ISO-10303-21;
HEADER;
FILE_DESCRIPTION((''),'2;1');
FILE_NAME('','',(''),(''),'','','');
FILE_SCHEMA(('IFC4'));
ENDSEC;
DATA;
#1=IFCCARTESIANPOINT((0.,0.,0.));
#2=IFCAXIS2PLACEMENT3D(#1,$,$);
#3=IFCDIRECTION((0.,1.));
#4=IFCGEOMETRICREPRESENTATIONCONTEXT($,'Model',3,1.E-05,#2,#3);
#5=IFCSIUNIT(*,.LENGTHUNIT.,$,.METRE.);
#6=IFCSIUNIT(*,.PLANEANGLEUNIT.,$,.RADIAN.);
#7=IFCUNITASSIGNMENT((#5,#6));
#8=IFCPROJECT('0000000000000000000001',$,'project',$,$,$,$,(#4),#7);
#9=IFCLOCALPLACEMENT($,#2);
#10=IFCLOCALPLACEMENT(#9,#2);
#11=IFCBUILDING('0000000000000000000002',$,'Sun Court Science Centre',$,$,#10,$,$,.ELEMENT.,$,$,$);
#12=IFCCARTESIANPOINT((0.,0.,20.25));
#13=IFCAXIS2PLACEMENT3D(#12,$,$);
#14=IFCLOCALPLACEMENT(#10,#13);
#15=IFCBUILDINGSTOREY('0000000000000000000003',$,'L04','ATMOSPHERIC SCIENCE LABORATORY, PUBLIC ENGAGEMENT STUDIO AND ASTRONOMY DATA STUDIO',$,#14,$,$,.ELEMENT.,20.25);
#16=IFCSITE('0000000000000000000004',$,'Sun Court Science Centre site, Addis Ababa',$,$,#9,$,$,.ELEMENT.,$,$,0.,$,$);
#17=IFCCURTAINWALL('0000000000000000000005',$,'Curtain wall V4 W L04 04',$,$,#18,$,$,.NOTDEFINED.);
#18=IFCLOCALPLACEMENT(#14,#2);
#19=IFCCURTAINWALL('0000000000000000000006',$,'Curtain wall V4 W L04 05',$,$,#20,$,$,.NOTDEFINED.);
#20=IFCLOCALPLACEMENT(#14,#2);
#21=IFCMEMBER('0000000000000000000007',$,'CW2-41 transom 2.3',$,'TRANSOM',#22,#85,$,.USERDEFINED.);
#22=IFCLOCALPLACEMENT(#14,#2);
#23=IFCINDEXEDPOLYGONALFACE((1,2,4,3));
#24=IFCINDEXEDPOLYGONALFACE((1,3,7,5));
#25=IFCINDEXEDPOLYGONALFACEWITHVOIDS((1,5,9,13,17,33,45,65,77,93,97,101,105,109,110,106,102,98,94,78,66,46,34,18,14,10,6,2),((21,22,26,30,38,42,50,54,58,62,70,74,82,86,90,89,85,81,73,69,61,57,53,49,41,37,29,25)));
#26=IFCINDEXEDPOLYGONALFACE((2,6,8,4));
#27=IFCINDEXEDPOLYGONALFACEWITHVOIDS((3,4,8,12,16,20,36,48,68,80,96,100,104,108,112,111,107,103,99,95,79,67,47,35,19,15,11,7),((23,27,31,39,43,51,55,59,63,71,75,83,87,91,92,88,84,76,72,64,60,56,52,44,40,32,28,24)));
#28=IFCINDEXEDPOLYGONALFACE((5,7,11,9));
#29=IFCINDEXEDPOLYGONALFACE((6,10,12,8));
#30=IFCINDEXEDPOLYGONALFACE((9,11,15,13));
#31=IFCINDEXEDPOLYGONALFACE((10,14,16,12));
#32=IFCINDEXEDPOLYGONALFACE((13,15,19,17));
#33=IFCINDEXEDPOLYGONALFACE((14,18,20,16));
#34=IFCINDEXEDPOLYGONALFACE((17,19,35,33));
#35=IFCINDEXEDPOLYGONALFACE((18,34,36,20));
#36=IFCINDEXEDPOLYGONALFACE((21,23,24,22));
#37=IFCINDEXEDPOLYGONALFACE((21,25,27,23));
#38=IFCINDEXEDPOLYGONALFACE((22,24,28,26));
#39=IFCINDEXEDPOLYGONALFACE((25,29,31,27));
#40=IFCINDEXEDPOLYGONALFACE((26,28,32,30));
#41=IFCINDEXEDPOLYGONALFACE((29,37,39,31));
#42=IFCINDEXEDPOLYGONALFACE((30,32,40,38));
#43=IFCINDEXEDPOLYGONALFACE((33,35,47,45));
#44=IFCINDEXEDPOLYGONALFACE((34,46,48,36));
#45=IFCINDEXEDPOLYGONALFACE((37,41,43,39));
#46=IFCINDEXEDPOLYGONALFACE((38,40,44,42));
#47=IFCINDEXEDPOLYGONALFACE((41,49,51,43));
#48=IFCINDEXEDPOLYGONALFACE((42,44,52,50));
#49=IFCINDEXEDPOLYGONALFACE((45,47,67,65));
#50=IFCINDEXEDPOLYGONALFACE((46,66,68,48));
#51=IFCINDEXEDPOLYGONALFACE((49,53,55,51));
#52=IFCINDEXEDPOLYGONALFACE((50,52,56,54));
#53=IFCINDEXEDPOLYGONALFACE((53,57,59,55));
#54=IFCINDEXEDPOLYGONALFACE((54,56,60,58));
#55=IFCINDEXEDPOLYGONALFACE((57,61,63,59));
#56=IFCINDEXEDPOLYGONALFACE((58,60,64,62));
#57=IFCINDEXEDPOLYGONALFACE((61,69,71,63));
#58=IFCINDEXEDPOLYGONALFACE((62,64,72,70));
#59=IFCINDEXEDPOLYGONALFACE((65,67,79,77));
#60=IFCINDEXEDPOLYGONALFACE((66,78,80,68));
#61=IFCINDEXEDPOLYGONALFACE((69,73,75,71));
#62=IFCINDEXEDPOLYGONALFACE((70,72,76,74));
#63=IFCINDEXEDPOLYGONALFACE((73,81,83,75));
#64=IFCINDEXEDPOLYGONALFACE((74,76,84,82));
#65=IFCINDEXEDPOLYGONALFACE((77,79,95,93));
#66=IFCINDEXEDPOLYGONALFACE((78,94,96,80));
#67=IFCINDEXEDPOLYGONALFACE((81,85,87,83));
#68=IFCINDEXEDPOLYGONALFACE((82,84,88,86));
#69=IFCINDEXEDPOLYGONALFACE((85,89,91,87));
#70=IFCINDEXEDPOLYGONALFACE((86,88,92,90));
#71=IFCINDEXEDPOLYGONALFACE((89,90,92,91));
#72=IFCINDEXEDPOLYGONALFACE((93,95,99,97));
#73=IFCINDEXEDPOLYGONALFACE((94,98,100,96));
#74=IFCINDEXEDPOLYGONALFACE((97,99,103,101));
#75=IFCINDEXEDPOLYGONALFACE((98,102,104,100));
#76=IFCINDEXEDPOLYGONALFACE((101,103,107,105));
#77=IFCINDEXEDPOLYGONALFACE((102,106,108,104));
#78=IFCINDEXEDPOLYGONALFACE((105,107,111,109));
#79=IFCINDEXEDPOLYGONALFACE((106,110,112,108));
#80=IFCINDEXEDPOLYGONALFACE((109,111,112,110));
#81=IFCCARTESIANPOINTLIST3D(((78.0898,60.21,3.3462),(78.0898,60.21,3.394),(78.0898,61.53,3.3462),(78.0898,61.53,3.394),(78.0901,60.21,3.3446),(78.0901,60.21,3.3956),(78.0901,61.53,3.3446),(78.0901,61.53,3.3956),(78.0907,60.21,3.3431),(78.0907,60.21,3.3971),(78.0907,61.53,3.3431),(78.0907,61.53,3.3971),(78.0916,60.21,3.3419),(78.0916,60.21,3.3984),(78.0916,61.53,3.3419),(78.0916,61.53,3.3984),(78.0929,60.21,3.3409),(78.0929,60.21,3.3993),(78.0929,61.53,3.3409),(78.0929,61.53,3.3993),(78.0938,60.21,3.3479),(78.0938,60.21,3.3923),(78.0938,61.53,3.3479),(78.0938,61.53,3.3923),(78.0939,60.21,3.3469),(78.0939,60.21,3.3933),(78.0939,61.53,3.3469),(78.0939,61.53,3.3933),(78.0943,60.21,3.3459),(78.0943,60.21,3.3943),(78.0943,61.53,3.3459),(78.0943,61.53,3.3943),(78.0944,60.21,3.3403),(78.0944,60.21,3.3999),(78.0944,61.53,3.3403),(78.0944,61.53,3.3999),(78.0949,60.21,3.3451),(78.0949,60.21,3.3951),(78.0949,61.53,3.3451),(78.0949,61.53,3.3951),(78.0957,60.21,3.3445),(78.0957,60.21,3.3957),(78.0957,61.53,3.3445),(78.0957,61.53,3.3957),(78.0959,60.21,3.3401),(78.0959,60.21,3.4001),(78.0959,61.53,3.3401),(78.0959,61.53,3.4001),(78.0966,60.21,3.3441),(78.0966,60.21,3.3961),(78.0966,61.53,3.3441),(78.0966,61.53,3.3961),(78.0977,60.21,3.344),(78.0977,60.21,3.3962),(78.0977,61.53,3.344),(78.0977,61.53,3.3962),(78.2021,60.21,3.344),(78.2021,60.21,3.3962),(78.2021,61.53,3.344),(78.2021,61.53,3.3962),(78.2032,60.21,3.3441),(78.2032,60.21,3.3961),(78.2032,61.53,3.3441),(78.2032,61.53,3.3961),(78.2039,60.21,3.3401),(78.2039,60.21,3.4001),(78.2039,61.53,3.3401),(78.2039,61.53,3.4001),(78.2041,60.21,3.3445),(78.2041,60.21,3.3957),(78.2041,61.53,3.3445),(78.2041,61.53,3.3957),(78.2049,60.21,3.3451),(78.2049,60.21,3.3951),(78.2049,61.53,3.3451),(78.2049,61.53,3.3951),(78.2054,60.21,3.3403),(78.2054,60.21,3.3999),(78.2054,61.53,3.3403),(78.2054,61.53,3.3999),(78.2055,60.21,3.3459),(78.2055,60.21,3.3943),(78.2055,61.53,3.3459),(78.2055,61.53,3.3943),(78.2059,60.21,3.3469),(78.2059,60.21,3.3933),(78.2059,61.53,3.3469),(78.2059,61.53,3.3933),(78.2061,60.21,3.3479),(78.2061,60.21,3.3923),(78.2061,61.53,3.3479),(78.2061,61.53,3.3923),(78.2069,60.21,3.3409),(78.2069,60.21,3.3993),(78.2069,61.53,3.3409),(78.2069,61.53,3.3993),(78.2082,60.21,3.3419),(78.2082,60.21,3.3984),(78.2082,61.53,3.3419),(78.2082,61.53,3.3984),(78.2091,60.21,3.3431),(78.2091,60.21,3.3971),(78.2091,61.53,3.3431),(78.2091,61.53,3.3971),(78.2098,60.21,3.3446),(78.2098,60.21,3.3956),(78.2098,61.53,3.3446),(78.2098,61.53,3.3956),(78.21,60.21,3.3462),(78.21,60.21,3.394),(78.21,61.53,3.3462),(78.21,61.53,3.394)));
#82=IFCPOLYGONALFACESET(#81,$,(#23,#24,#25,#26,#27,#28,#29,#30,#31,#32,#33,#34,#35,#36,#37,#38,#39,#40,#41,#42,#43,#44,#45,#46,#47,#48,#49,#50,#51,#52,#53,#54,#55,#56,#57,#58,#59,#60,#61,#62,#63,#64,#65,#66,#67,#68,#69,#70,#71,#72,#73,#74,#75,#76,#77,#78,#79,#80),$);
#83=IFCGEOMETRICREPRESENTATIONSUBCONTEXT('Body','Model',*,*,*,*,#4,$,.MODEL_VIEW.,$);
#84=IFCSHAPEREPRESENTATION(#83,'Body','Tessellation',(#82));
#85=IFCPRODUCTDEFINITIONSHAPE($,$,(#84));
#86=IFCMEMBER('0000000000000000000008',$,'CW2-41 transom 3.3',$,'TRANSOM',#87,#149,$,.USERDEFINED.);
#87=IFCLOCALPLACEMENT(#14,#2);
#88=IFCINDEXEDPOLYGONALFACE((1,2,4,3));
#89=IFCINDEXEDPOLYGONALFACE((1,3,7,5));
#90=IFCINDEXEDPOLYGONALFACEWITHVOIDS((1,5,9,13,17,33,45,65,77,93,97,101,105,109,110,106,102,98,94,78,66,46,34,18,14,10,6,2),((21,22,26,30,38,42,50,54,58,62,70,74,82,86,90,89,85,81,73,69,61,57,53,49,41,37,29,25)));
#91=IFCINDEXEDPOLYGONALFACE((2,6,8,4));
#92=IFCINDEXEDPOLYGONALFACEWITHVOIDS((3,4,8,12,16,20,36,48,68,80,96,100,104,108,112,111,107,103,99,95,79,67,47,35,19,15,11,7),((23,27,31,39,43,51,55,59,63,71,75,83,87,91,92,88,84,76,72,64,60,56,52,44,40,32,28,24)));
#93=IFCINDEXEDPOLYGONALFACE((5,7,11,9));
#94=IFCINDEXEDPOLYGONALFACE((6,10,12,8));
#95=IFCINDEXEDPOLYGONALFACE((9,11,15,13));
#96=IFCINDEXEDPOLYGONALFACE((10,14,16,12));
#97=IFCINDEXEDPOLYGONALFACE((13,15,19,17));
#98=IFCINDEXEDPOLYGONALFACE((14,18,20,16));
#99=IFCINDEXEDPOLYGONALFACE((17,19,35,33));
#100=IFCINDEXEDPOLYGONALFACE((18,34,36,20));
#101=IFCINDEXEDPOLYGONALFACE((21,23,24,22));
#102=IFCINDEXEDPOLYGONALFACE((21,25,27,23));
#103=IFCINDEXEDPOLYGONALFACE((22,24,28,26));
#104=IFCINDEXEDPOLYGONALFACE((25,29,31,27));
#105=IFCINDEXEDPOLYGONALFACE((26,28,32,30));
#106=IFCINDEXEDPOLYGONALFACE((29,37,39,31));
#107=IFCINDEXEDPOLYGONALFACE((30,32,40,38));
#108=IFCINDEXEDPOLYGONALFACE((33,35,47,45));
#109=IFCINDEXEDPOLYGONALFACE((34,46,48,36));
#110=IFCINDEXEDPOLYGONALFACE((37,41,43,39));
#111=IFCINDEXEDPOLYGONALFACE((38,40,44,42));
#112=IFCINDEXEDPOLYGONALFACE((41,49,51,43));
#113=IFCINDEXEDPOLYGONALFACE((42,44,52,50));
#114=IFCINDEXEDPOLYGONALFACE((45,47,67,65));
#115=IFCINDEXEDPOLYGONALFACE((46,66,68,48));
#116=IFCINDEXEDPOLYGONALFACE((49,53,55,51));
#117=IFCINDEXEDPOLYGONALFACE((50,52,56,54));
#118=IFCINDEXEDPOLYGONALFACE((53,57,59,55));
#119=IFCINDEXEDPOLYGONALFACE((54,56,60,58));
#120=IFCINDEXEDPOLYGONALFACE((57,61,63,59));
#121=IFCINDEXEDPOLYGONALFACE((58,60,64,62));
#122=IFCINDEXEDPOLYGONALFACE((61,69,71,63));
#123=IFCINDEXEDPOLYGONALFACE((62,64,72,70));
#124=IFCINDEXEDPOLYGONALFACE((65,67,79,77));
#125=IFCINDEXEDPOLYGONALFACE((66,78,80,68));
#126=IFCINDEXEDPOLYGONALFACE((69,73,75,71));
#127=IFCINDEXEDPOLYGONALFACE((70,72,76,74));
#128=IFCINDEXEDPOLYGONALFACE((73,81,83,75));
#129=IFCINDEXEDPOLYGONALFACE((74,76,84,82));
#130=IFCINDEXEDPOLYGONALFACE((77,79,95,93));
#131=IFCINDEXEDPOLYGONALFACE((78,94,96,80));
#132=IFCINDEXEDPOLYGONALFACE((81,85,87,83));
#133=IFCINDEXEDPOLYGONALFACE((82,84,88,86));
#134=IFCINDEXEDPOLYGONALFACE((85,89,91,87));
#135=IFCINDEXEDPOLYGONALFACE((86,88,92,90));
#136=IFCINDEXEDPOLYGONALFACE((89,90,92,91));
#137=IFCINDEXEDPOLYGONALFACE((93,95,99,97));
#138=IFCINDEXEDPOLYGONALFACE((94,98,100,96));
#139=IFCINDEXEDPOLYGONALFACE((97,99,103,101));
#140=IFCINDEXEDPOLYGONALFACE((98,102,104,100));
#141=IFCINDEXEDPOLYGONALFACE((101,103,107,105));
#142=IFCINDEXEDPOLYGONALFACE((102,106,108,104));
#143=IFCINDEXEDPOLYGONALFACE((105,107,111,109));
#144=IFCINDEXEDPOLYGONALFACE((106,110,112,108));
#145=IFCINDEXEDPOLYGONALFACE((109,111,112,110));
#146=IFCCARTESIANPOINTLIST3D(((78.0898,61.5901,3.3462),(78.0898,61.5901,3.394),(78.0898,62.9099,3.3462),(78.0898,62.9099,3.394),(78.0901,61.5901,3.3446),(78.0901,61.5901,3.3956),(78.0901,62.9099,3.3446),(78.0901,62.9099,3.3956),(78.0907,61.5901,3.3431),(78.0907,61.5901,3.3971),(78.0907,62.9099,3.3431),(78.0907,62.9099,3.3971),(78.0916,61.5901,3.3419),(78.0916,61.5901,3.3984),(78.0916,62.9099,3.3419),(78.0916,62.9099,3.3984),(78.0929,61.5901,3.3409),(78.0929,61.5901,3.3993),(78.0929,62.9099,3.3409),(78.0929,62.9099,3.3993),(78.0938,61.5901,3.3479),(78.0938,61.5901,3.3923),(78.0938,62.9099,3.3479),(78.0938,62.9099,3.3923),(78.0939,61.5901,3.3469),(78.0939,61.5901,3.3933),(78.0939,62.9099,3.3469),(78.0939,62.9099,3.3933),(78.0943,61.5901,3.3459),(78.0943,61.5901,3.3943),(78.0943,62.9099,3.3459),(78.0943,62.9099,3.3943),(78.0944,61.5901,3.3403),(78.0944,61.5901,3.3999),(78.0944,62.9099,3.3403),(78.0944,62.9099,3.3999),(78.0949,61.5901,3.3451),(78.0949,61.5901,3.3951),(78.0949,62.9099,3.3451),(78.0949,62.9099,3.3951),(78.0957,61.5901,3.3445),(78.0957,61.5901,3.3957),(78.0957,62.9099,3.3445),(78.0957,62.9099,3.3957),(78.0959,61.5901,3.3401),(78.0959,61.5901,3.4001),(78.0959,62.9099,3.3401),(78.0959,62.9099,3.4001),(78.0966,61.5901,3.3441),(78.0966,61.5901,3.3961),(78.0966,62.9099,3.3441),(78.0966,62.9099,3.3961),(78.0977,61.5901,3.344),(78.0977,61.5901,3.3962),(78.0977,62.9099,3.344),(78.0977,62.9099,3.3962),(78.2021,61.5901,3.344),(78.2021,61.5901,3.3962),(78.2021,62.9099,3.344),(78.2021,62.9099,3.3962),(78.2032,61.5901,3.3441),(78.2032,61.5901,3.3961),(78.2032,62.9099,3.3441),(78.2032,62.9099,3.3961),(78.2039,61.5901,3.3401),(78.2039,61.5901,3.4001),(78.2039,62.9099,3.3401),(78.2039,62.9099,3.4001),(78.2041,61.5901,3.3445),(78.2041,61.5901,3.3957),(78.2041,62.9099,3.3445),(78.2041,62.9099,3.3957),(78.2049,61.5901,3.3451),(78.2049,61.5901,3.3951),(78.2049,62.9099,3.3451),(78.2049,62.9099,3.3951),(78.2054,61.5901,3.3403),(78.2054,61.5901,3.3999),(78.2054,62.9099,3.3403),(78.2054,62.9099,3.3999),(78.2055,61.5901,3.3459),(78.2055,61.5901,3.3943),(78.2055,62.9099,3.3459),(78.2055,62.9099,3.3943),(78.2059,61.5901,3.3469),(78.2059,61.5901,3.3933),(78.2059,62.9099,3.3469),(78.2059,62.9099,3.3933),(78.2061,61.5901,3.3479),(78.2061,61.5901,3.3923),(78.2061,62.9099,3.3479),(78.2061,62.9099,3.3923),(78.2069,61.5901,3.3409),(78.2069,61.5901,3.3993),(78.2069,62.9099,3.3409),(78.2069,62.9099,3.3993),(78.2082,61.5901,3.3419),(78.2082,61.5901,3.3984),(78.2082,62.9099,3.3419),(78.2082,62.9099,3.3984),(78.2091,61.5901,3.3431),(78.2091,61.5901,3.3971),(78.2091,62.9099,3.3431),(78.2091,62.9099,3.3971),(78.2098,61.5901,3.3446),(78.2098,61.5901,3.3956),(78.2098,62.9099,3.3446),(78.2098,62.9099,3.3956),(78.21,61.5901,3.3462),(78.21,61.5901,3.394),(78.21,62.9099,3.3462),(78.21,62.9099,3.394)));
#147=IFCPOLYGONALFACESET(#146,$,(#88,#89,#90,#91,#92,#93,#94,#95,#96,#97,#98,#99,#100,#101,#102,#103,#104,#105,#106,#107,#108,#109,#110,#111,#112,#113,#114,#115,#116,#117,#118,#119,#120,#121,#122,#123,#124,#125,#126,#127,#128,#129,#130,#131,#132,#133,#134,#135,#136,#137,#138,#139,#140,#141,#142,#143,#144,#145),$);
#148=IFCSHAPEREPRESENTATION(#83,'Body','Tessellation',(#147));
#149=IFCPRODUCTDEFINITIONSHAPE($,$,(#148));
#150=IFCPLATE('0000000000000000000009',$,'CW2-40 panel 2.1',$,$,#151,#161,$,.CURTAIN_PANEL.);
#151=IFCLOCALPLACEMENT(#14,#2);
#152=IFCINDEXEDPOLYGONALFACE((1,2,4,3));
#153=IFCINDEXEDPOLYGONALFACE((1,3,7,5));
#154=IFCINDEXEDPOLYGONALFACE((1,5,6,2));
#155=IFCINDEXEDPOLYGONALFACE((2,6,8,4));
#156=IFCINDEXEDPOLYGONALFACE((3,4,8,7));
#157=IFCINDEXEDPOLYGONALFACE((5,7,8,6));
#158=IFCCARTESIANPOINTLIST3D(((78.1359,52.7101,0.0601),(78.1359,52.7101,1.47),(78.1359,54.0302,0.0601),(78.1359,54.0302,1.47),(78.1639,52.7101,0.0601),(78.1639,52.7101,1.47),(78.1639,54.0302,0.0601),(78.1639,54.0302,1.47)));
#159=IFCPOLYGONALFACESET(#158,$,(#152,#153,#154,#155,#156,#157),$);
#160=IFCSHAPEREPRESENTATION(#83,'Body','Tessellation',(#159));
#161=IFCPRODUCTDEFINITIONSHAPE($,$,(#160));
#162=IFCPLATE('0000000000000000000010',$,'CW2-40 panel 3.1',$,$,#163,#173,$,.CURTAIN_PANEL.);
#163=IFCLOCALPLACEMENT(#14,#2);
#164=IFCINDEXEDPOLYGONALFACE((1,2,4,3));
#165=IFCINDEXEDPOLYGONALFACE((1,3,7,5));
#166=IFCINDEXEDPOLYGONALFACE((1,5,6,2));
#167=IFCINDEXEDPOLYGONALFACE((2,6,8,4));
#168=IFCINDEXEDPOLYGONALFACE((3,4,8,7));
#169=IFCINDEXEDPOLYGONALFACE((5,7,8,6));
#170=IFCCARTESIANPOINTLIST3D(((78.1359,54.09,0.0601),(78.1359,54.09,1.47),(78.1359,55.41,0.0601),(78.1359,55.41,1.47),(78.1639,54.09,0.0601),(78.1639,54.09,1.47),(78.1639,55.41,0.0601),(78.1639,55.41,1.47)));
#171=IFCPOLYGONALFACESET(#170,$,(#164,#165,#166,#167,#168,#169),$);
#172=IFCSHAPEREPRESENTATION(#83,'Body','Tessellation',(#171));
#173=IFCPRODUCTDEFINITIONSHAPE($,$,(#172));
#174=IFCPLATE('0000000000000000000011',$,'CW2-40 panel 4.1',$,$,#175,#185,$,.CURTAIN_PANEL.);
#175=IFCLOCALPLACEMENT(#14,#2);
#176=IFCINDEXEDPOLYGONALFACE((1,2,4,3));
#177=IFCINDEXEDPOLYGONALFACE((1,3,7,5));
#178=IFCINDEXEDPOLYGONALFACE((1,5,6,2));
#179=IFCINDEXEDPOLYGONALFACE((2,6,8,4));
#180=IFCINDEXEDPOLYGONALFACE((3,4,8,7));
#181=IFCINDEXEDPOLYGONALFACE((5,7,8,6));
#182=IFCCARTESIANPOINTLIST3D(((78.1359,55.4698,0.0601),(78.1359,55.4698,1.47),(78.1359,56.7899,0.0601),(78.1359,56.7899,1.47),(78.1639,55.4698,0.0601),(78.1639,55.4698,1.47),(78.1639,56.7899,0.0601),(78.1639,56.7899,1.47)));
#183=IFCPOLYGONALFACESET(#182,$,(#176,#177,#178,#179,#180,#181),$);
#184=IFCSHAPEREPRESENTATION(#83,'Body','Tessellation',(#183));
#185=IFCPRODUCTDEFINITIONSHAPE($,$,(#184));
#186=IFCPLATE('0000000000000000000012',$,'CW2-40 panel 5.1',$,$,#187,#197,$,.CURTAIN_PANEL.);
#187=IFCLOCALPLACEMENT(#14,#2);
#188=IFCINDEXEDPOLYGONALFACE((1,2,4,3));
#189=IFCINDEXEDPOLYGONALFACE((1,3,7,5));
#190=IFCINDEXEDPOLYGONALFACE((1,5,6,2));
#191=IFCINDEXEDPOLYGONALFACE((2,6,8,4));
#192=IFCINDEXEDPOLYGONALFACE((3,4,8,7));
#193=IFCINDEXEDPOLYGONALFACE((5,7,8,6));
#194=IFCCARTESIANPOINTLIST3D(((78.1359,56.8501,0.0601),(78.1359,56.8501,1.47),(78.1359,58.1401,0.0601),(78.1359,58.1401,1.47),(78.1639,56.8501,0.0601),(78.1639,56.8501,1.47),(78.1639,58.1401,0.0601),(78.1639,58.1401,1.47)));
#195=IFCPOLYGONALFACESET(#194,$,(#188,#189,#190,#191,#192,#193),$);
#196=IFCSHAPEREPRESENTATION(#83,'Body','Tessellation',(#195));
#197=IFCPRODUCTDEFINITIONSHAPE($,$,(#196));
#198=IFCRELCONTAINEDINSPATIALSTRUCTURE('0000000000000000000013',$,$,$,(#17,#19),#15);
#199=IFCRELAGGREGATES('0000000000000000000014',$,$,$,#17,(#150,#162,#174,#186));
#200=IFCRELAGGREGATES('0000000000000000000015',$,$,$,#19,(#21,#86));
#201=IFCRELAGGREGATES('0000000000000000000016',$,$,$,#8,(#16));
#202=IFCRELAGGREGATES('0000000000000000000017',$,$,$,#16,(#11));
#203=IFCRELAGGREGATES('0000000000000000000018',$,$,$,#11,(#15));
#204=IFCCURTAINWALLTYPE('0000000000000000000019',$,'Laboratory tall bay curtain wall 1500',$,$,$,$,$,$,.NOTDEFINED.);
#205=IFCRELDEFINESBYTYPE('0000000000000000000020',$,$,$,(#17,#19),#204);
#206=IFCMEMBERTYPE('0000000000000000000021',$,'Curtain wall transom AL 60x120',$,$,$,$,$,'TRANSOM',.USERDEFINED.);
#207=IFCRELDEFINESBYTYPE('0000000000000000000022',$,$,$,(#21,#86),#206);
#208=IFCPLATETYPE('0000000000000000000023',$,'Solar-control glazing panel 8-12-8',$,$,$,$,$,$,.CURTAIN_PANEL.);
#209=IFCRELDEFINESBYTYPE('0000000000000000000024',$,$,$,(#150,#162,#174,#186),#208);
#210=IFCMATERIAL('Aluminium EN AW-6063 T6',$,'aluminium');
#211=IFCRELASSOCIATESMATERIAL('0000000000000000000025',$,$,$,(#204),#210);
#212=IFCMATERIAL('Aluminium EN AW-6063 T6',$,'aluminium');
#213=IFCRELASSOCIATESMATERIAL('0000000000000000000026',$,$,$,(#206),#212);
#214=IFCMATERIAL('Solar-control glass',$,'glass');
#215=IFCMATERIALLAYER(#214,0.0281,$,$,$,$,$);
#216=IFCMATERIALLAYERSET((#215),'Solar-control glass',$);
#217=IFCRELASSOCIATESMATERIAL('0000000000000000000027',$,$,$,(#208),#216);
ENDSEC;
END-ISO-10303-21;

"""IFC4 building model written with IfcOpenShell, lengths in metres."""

from ifc_helpers import new_model, si_unit, direction, frame, origin, origin_2d, place, context, subcontext, project, spatial, rectangle, hollow_rectangle, extrude, material, layer, layer_set, material_profile, profile_set, type_object, element, aggregate, save


model = new_model("IFC4")

# Units and contexts
model_context = context("Model", 3, precision=1e-05, world=origin(), true_north=direction((0.0, 1.0)))
body_context = subcontext(model_context, "Body", "Model", "MODEL_VIEW")
ifc_project = project(units=[si_unit("LENGTHUNIT", "METRE"), si_unit("PLANEANGLEUNIT", "RADIAN")], contexts=[model_context])

# Site, building, storey
site_placement = place(None, origin())
site = spatial("IfcSite", under=ifc_project, at=site_placement, Name="Sun Court Science Centre site, Addis Ababa", CompositionType="ELEMENT", RefElevation=0.0)
building_placement = place(site_placement, origin())
building = spatial("IfcBuilding", under=site, at=building_placement, Name="Sun Court Science Centre", CompositionType="ELEMENT")
storey_placement = place(building_placement, frame((0.0, 0.0, 20.25)))
storey = spatial("IfcBuildingStorey", under=building, at=storey_placement, Name="L04", Description="ATMOSPHERIC SCIENCE LABORATORY, PUBLIC ENGAGEMENT STUDIO AND ASTRONOMY DATA STUDIO", CompositionType="ELEMENT", Elevation=20.25)

# Curtain walls
ifc_material_1 = material(Name="Aluminium EN AW-6063 T6", Category="aluminium")
curtain_wall_type = type_object("IfcCurtainWallType", Name="Laboratory tall bay curtain wall 1500", PredefinedType="NOTDEFINED", material=ifc_material_1)
curtain_wall_1_placement = place(storey_placement, origin())
curtain_wall_1 = element("IfcCurtainWall", 1, at=curtain_wall_1_placement, inside=storey, type_object=curtain_wall_type, Name="Curtain wall V4 W L04 04", PredefinedType="NOTDEFINED")
curtain_wall_2_placement = place(storey_placement, origin())
curtain_wall_2 = element("IfcCurtainWall", 2, at=curtain_wall_2_placement, inside=storey, type_object=curtain_wall_type, Name="Curtain wall V4 W L04 05", PredefinedType="NOTDEFINED")

# Members
ifc_material_2 = material(Name="Aluminium EN AW-6063 T6", Category="aluminium")
ifc_material_profile_1 = material_profile(ifc_material_2, hollow_rectangle(XDim=0.0601, YDim=0.1201, WallThickness=0.0039, InnerFilletRadius=0.0039, OuterFilletRadius=0.0061, at=origin_2d()), Name="AL 60x120x4")
ifc_profile_set_1 = profile_set([ifc_material_profile_1], Name="Aluminium EN AW-6063 T6")
member_type_1 = type_object("IfcMemberType", Name="Curtain wall transom AL 60x120", ElementType="TRANSOM", PredefinedType="USERDEFINED", material=ifc_profile_set_1)
member_1_placement = place(storey_placement, frame((78.1499, 60.21, 3.3701), z_axis=(0.0, 1.0, 0.0), x_axis=(0.0, 0.0, 1.0)))
member_1 = element("IfcMember", 3, at=member_1_placement, type_object=member_type_1, Name="CW2-41 transom 2.3", ObjectType="TRANSOM", PredefinedType="USERDEFINED", context=body_context, shape_type="SweptSolid", body=[
    extrude(hollow_rectangle(XDim=0.0601, YDim=0.1201, WallThickness=0.0039, InnerFilletRadius=0.0039, OuterFilletRadius=0.0061, at=origin_2d()), origin(), (0.0, 0.0, 1.0), 1.3201),
])
member_2_placement = place(storey_placement, frame((78.1499, 61.5901, 3.3701), z_axis=(0.0, 1.0, 0.0), x_axis=(0.0, 0.0, 1.0)))
member_2 = element("IfcMember", 4, at=member_2_placement, type_object=member_type_1, Name="CW2-41 transom 3.3", ObjectType="TRANSOM", PredefinedType="USERDEFINED", context=body_context, shape_type="SweptSolid", body=[
    extrude(hollow_rectangle(XDim=0.0601, YDim=0.1201, WallThickness=0.0039, InnerFilletRadius=0.0039, OuterFilletRadius=0.0061, at=origin_2d()), origin(), (0.0, 0.0, 1.0), 1.3198),
])

# Plates
ifc_material_3 = material(Name="Solar-control glass", Category="glass")
ifc_layer = layer(ifc_material_3, 0.0281)
ifc_layer_set = layer_set([ifc_layer], Name="Solar-control glass")
plate_type = type_object("IfcPlateType", Name="Solar-control glazing panel 8-12-8", PredefinedType="CURTAIN_PANEL", material=ifc_layer_set)
plate_1_placement = place(storey_placement, frame((78.1499, 53.3701, 0.0601), z_axis=(0.0, 0.0, 1.0), x_axis=(0.0, 1.0, 0.0)))
plate_1 = element("IfcPlate", 5, at=plate_1_placement, type_object=plate_type, Name="CW2-40 panel 2.1", PredefinedType="CURTAIN_PANEL", context=body_context, shape_type="SweptSolid", body=[
    extrude(rectangle(XDim=1.3201, YDim=0.0281, at=origin_2d()), origin(), (0.0, 0.0, 1.0), 1.4099),
])
plate_2_placement = place(storey_placement, frame((78.1499, 54.75, 0.0601), z_axis=(0.0, 0.0, 1.0), x_axis=(0.0, 1.0, 0.0)))
plate_2 = element("IfcPlate", 6, at=plate_2_placement, type_object=plate_type, Name="CW2-40 panel 3.1", PredefinedType="CURTAIN_PANEL", context=body_context, shape_type="SweptSolid", body=[
    extrude(rectangle(XDim=1.3201, YDim=0.0281, at=origin_2d()), origin(), (0.0, 0.0, 1.0), 1.4099),
])
plate_3_placement = place(storey_placement, frame((78.1499, 56.1299, 0.0601), z_axis=(0.0, 0.0, 1.0), x_axis=(0.0, 1.0, 0.0)))
plate_3 = element("IfcPlate", 7, at=plate_3_placement, type_object=plate_type, Name="CW2-40 panel 4.1", PredefinedType="CURTAIN_PANEL", context=body_context, shape_type="SweptSolid", body=[
    extrude(rectangle(XDim=1.3201, YDim=0.0281, at=origin_2d()), origin(), (0.0, 0.0, 1.0), 1.4099),
])
plate_4_placement = place(storey_placement, frame((78.1499, 57.4951, 0.0601), z_axis=(0.0, 0.0, 1.0), x_axis=(0.0, 1.0, 0.0)))
plate_4 = element("IfcPlate", 8, at=plate_4_placement, type_object=plate_type, Name="CW2-40 panel 5.1", PredefinedType="CURTAIN_PANEL", context=body_context, shape_type="SweptSolid", body=[
    extrude(rectangle(XDim=1.29, YDim=0.0281, at=origin_2d()), origin(), (0.0, 0.0, 1.0), 1.4099),
])
aggregate(curtain_wall_1, [plate_1, plate_2, plate_3, plate_4])
aggregate(curtain_wall_2, [member_1, member_2])

save(model, "model.ifc")
